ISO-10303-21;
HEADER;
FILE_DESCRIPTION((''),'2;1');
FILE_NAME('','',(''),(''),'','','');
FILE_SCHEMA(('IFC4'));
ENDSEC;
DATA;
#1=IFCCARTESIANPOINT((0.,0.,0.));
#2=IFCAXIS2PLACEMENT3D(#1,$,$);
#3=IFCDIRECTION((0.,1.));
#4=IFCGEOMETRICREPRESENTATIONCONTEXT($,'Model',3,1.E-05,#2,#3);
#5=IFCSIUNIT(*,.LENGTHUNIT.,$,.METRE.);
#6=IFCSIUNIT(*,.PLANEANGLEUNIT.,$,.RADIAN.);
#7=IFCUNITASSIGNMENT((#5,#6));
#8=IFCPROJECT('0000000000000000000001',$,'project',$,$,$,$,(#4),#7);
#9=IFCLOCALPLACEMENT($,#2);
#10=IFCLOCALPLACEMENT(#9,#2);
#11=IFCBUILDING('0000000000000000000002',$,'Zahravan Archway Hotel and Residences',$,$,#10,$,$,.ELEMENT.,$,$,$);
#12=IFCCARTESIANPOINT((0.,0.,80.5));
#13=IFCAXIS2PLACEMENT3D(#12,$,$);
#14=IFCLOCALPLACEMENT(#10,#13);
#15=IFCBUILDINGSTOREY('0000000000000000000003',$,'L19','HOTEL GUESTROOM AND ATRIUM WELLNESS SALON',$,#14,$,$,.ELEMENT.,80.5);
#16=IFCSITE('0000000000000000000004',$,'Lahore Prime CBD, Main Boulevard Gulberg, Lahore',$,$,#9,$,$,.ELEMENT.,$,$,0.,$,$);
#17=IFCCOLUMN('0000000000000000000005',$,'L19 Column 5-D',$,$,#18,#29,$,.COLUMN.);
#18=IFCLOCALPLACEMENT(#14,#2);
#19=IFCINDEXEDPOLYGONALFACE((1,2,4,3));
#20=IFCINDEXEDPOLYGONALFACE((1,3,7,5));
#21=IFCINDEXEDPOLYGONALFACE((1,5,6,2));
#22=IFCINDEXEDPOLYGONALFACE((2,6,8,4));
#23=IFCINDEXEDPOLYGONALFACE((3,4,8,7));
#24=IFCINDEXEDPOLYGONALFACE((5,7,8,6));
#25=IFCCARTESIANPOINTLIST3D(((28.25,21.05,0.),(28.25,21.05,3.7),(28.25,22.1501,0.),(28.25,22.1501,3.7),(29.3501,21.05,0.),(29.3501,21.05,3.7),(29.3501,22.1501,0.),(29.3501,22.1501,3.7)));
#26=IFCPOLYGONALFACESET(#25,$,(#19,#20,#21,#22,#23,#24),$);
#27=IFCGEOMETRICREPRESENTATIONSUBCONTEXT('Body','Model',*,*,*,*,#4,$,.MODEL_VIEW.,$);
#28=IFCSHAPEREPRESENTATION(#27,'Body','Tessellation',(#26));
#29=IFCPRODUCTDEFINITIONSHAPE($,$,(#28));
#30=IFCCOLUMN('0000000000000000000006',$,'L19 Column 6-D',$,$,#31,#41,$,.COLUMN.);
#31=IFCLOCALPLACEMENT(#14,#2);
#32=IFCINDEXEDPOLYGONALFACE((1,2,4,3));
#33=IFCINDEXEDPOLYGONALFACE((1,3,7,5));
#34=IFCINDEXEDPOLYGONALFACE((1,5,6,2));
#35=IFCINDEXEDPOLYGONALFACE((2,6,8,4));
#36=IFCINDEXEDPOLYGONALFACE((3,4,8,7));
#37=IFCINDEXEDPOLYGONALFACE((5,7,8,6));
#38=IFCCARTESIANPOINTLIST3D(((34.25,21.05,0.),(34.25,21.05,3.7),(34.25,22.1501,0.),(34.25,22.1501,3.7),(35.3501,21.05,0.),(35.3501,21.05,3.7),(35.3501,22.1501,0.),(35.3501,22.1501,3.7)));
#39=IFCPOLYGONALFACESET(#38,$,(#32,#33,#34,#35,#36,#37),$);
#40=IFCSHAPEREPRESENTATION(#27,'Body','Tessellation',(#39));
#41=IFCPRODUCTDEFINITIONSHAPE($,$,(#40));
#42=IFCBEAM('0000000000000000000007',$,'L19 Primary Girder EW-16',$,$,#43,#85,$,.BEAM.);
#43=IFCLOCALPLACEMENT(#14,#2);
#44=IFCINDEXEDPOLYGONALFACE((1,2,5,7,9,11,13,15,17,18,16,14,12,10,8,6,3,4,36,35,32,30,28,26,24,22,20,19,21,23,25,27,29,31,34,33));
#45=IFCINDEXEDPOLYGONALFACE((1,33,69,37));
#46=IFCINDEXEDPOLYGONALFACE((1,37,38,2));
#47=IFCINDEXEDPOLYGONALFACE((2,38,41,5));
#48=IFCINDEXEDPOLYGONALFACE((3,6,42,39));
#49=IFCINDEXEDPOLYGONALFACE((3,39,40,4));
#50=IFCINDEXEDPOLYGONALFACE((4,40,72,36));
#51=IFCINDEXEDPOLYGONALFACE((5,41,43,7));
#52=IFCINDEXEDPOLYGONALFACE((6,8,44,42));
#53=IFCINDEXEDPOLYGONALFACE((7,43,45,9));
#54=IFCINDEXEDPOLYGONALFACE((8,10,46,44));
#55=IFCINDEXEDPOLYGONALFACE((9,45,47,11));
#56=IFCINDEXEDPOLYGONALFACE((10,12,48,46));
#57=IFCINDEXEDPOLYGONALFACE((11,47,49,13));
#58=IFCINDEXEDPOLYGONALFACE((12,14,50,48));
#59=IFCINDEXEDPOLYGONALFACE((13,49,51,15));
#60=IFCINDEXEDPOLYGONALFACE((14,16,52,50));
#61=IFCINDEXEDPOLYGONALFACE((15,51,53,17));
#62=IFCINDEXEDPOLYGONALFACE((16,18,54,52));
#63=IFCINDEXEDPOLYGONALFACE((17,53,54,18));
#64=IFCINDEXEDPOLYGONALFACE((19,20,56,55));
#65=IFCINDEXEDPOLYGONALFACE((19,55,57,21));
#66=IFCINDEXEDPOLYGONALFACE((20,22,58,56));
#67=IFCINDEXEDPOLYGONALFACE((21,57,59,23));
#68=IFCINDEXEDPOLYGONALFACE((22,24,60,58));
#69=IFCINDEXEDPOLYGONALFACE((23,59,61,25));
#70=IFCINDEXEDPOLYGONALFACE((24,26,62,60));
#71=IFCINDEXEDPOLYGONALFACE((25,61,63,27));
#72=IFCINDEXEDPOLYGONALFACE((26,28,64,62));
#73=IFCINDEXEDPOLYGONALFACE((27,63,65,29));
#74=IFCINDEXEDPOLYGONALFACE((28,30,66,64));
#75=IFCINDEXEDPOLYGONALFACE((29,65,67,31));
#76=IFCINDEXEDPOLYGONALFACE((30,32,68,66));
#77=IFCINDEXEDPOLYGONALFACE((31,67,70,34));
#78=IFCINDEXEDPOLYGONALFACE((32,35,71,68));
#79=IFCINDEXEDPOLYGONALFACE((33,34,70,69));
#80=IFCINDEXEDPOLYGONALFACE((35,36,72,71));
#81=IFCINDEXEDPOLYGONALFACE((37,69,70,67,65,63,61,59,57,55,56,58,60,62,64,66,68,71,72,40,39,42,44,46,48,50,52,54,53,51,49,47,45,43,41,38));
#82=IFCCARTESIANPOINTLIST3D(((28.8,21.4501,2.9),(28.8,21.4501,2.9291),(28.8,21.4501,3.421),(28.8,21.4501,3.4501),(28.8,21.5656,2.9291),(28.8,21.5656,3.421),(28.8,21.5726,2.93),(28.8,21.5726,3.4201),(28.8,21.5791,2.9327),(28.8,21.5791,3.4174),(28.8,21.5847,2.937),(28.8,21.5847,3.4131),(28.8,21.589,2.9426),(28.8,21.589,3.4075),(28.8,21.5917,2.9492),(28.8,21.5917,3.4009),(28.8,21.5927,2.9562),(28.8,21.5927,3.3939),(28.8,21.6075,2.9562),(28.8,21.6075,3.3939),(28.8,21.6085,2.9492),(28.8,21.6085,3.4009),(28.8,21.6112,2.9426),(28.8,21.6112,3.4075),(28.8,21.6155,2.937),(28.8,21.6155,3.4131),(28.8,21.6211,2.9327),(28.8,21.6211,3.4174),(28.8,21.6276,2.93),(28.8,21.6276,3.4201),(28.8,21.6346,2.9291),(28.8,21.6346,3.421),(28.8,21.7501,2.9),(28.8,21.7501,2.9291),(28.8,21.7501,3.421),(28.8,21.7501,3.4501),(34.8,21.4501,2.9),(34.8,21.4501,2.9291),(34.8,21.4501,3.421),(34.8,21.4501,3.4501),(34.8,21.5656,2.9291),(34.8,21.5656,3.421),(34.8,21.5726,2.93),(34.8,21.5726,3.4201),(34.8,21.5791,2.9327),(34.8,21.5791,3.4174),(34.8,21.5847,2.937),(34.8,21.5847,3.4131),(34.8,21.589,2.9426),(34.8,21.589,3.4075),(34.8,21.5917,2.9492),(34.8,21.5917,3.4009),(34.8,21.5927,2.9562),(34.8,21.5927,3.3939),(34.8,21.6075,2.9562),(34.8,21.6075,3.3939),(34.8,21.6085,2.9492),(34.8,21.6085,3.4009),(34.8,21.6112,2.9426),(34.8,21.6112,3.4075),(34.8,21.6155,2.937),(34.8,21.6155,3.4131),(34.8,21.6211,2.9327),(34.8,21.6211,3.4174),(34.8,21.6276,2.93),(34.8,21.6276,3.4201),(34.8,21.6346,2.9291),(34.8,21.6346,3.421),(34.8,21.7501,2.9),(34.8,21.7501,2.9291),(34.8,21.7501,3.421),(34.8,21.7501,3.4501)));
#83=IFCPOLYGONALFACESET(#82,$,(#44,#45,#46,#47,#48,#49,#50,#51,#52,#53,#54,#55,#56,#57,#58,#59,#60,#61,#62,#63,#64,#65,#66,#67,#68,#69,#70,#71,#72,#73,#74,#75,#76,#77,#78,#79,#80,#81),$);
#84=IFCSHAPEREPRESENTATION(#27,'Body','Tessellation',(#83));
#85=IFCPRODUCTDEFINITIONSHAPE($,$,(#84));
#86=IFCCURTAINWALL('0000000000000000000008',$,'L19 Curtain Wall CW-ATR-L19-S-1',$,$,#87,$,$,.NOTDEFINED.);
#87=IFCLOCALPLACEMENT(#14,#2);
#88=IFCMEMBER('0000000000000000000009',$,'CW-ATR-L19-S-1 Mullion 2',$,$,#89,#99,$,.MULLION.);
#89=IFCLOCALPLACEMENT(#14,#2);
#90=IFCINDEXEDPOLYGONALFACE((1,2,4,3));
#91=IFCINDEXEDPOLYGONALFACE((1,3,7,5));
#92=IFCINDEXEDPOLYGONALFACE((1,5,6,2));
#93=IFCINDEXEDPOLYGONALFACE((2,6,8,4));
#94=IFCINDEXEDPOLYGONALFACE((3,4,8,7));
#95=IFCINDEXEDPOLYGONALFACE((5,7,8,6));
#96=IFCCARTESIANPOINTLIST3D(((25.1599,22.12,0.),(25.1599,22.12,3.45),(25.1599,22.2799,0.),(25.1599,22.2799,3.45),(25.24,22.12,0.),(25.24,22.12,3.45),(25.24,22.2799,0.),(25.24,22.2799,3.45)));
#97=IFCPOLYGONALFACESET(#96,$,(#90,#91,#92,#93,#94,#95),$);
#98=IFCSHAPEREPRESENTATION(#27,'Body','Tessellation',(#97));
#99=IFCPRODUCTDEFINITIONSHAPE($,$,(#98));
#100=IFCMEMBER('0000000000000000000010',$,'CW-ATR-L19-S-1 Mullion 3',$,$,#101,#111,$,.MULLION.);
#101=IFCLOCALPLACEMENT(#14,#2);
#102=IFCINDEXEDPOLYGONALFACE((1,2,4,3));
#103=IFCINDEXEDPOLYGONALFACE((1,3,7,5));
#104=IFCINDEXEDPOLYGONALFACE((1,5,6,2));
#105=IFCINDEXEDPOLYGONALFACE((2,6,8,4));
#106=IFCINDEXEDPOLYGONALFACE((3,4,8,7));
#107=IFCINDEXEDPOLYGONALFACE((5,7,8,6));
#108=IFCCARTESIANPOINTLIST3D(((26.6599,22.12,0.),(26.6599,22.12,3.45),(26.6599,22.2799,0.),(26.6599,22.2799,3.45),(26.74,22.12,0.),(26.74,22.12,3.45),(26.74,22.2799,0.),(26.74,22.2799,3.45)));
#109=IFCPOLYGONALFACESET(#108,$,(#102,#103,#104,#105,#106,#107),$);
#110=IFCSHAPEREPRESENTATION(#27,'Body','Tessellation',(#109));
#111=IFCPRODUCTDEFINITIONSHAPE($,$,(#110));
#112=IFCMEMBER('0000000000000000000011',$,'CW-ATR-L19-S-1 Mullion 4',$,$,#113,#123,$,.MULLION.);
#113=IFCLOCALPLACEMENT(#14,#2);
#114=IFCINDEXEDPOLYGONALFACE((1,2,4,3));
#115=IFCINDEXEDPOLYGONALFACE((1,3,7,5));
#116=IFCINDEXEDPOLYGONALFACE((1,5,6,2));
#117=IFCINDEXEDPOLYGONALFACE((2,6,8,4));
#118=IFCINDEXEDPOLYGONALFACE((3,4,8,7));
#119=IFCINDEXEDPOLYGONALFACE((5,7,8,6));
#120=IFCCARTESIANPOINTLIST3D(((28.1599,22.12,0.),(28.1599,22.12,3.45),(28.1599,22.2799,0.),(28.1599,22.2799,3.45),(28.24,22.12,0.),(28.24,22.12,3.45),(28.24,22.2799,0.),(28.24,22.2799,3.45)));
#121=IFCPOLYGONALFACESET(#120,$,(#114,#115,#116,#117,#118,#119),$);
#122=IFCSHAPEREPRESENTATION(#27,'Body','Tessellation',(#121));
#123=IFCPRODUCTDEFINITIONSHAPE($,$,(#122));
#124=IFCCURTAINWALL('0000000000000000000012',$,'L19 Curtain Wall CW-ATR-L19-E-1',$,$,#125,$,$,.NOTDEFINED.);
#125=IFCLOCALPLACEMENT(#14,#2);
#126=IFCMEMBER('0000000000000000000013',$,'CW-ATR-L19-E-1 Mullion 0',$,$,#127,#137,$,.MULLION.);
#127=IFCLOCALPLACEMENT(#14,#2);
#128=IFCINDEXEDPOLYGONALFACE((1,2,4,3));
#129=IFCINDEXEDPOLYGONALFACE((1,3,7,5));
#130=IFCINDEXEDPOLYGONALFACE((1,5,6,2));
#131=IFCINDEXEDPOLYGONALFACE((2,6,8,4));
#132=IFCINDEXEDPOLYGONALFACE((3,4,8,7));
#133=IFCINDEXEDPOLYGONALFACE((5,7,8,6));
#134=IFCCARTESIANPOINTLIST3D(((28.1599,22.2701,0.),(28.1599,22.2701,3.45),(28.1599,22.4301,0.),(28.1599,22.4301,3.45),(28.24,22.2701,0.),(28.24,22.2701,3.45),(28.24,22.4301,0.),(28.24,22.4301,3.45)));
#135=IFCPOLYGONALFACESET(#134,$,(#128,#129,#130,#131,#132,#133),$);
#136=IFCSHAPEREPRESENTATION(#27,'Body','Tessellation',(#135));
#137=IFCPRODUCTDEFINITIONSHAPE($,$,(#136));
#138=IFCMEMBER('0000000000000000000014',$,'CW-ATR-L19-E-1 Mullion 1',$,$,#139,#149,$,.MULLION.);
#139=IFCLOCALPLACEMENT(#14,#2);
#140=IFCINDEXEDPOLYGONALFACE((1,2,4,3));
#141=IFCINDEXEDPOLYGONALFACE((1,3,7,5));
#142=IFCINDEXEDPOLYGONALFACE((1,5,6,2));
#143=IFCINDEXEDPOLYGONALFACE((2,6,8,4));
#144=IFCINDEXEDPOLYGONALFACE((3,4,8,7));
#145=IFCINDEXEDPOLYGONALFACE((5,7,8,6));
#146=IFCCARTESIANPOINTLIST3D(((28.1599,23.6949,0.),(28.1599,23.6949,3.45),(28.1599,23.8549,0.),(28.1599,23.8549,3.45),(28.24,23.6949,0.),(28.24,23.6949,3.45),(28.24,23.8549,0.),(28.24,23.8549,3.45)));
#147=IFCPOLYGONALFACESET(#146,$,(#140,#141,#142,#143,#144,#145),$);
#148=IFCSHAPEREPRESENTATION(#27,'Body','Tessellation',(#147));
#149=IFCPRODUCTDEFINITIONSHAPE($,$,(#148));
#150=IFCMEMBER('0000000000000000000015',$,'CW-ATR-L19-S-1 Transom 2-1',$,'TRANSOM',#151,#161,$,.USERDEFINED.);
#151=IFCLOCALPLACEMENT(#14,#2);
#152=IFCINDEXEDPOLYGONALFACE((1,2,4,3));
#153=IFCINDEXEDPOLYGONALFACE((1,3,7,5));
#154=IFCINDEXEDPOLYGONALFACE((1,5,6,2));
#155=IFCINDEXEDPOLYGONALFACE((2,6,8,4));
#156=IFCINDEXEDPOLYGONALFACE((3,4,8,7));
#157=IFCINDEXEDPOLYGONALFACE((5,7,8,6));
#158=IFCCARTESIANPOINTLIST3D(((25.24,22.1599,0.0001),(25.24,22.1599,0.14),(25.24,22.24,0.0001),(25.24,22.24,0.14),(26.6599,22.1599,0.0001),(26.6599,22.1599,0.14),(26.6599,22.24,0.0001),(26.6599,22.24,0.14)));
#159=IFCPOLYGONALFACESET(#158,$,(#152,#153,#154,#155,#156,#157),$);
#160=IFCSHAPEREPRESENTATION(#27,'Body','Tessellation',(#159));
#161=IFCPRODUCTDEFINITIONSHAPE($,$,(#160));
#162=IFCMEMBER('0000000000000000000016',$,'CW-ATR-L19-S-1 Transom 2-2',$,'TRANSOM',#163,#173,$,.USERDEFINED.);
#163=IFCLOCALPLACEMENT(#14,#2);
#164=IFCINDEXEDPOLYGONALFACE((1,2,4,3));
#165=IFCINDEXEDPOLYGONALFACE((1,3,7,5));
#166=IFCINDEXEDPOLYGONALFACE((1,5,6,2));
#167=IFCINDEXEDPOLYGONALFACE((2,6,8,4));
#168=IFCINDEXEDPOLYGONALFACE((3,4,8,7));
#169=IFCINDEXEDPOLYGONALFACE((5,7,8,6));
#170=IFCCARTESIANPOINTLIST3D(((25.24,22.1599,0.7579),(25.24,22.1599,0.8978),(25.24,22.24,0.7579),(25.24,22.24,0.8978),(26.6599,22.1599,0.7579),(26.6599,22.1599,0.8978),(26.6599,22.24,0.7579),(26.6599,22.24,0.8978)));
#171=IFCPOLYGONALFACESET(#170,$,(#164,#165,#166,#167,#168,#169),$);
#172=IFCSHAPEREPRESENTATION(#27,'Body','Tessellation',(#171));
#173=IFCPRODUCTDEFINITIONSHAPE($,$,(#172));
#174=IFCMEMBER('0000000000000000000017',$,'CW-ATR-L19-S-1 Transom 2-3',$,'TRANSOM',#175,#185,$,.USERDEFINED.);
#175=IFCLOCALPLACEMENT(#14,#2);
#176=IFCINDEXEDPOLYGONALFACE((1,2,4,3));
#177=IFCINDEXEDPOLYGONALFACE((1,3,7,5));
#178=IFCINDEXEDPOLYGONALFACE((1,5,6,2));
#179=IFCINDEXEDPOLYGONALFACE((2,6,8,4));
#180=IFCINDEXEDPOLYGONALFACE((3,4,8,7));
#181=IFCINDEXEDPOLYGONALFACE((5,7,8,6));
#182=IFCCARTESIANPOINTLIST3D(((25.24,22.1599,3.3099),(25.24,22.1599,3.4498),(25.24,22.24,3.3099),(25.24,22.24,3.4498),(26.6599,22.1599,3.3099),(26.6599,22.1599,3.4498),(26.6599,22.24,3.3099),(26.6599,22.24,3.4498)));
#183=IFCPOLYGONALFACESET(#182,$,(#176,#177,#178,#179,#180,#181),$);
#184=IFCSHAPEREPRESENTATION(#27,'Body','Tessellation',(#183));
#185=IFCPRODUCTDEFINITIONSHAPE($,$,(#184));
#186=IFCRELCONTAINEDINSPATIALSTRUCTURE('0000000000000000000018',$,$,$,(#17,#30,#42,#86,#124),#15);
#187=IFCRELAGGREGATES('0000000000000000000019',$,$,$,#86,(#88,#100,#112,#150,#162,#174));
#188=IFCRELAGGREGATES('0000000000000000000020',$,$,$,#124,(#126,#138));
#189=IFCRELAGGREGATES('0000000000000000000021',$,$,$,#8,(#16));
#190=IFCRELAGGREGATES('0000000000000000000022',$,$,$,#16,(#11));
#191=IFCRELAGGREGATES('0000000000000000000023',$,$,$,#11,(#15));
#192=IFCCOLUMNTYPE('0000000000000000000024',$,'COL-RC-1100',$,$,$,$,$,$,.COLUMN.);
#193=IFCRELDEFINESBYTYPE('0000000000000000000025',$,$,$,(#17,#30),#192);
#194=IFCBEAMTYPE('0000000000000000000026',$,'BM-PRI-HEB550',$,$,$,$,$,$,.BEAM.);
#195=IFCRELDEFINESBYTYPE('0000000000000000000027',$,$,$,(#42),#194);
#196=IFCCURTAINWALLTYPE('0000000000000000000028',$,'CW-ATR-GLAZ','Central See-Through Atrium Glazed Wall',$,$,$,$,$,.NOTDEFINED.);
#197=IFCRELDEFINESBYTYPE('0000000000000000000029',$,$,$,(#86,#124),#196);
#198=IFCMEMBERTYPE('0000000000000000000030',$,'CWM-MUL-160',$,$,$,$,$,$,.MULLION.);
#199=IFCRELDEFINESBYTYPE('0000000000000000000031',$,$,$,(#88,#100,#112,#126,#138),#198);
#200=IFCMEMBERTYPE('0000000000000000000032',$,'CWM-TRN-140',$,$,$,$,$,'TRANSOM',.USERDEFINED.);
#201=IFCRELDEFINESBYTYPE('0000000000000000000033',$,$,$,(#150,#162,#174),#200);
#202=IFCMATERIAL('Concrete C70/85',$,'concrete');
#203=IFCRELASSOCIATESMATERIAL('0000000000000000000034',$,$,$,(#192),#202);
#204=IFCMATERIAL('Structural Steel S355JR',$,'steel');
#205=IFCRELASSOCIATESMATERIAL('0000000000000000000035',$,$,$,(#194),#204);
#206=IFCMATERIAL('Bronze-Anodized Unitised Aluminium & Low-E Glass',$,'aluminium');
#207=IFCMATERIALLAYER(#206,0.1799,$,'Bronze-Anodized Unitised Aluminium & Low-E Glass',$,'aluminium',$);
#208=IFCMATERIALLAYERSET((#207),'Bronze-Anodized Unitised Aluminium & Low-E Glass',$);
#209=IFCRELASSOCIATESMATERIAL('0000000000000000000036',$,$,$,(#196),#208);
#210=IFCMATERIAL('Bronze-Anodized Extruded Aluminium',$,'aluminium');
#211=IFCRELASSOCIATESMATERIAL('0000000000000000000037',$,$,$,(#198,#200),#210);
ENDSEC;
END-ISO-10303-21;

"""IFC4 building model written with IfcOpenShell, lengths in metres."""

from ifc_helpers import new_model, si_unit, direction, frame, origin, origin_2d, place, context, subcontext, project, spatial, rectangle, i_section, extrude, source, transform, mapped, material, layer, layer_set, material_profile, profile_set, type_object, element, aggregate, save


model = new_model("IFC4")

# Units and contexts
model_context = context("Model", 3, precision=1e-05, world=origin(), true_north=direction((0.0, 1.0)))
body_context = subcontext(model_context, "Body", "Model", "MODEL_VIEW")
ifc_project = project(units=[si_unit("LENGTHUNIT", "METRE"), si_unit("PLANEANGLEUNIT", "RADIAN")], contexts=[model_context])

# Site, building, storey
site_placement = place(None, origin())
site = spatial("IfcSite", under=ifc_project, at=site_placement, Name="Lahore Prime CBD, Main Boulevard Gulberg, Lahore", CompositionType="ELEMENT", RefElevation=0.0)
building_placement = place(site_placement, origin())
building = spatial("IfcBuilding", under=site, at=building_placement, Name="Zahravan Archway Hotel and Residences", CompositionType="ELEMENT")
storey_placement = place(building_placement, frame((0.0, 0.0, 80.5)))
storey = spatial("IfcBuildingStorey", under=building, at=storey_placement, Name="L19", Description="HOTEL GUESTROOM AND ATRIUM WELLNESS SALON", CompositionType="ELEMENT", Elevation=80.5)

# Columns
ifc_material_1 = material(Name="Concrete C70/85", Category="concrete")
ifc_material_profile_1 = material_profile(ifc_material_1, rectangle(XDim=1.1001, YDim=1.1001, at=origin_2d()), Name="RC 1100x1100", Category="concrete")
ifc_profile_set_1 = profile_set([ifc_material_profile_1], Name="Concrete C70/85")
column_type = type_object("IfcColumnType", Name="COL-RC-1100", PredefinedType="COLUMN", material=ifc_profile_set_1)
shared_shape_1 = source(origin(), body_context, "Body", "SweptSolid", [
    extrude(rectangle(XDim=1.1001, YDim=1.1001, at=origin_2d()), origin(), (0.0, 0.0, 1.0), 3.7),
])
for number, where, z_axis, x_axis, name in (
    (1, (28.8, 21.6001, 0.0), (0.0, 0.0, 1.0), (1.0, 0.0, 0.0), "L19 Column 5-D"),
    (2, (34.8, 21.6001, 0.0), (0.0, 0.0, 1.0), (1.0, 0.0, 0.0), "L19 Column 6-D"),
):
    element("IfcColumn", number, at=place(storey_placement, frame(where, z_axis=z_axis, x_axis=x_axis)), inside=storey, type_object=column_type, Name=name, PredefinedType="COLUMN", context=body_context, shape_type="MappedRepresentation", body=[
        mapped(shared_shape_1, transform((0.0, 0.0, 0.0), scale=1.0)),
    ])

# Beam
ifc_material_2 = material(Name="Structural Steel S355JR", Category="steel")
ifc_material_profile_2 = material_profile(ifc_material_2, i_section(OverallWidth=0.3, OverallDepth=0.55, WebThickness=0.0149, FlangeThickness=0.0291, FilletRadius=0.0271, at=origin_2d()), Name="HEB 550", Category="steel")
ifc_profile_set_2 = profile_set([ifc_material_profile_2], Name="Structural Steel S355JR")
beam_type = type_object("IfcBeamType", Name="BM-PRI-HEB550", PredefinedType="BEAM", material=ifc_profile_set_2)
shared_shape_2 = source(origin(), body_context, "Body", "SweptSolid", [
    extrude(i_section(OverallWidth=0.3, OverallDepth=0.55, WebThickness=0.0149, FlangeThickness=0.0291, FilletRadius=0.0271, at=origin_2d()), origin(), (0.0, 0.0, 1.0), 6.0),
])
beam_placement = place(storey_placement, frame((28.8, 21.6001, 3.175), z_axis=(1.0, 0.0, 0.0), x_axis=(0.0, 1.0, 0.0)))
element("IfcBeam", 3, at=beam_placement, inside=storey, type_object=beam_type, Name="L19 Primary Girder EW-16", PredefinedType="BEAM", context=body_context, shape_type="MappedRepresentation", body=[
    mapped(shared_shape_2, transform((0.0, 0.0, 0.0), scale=1.0)),
])

# Curtain walls, members
ifc_material_3 = material(Name="Bronze-Anodized Unitised Aluminium & Low-E Glass", Category="aluminium")
ifc_layer_1 = layer(ifc_material_3, 0.1799, Name="Bronze-Anodized Unitised Aluminium & Low-E Glass", Category="aluminium")
ifc_layer_set_1 = layer_set([ifc_layer_1], Name="Bronze-Anodized Unitised Aluminium & Low-E Glass")
curtain_wall_type = type_object("IfcCurtainWallType", Name="CW-ATR-GLAZ", Description="Central See-Through Atrium Glazed Wall", PredefinedType="NOTDEFINED", material=ifc_layer_set_1)
curtain_wall_1_placement = place(storey_placement, origin())
curtain_wall_1 = element("IfcCurtainWall", 4, at=curtain_wall_1_placement, inside=storey, type_object=curtain_wall_type, Name="L19 Curtain Wall CW-ATR-L19-S-1", PredefinedType="NOTDEFINED")
ifc_material_4 = material(Name="Bronze-Anodized Extruded Aluminium", Category="aluminium")
ifc_material_profile_3 = material_profile(ifc_material_4, rectangle(XDim=0.0801, YDim=0.1599, at=origin_2d()), Name="MUL 80x160", Category="aluminium")
ifc_profile_set_3 = profile_set([ifc_material_profile_3], Name="Bronze-Anodized Extruded Aluminium")
member_type_1 = type_object("IfcMemberType", Name="CWM-MUL-160", PredefinedType="MULLION", material=ifc_profile_set_3)
shared_shape_3 = source(origin(), body_context, "Body", "SweptSolid", [
    extrude(rectangle(XDim=0.0801, YDim=0.1599, at=origin_2d()), origin(), (0.0, 0.0, 1.0), 3.45),
])
member_1_placement = place(storey_placement, frame((25.2, 22.2, 0.0), z_axis=(0.0, 0.0, 1.0), x_axis=(1.0, 0.0, 0.0)))
member_1 = element("IfcMember", 5, at=member_1_placement, type_object=member_type_1, Name="CW-ATR-L19-S-1 Mullion 2", PredefinedType="MULLION", context=body_context, shape_type="MappedRepresentation", body=[
    mapped(shared_shape_3, transform((0.0, 0.0, 0.0), scale=1.0)),
])
member_2_placement = place(storey_placement, frame((26.7, 22.2, 0.0), z_axis=(0.0, 0.0, 1.0), x_axis=(1.0, 0.0, 0.0)))
member_2 = element("IfcMember", 6, at=member_2_placement, type_object=member_type_1, Name="CW-ATR-L19-S-1 Mullion 3", PredefinedType="MULLION", context=body_context, shape_type="MappedRepresentation", body=[
    mapped(shared_shape_3, transform((0.0, 0.0, 0.0), scale=1.0)),
])
member_3_placement = place(storey_placement, frame((28.2, 22.2, 0.0), z_axis=(0.0, 0.0, 1.0), x_axis=(1.0, 0.0, 0.0)))
member_3 = element("IfcMember", 7, at=member_3_placement, type_object=member_type_1, Name="CW-ATR-L19-S-1 Mullion 4", PredefinedType="MULLION", context=body_context, shape_type="MappedRepresentation", body=[
    mapped(shared_shape_3, transform((0.0, 0.0, 0.0), scale=1.0)),
])
curtain_wall_2_placement = place(storey_placement, origin())
curtain_wall_2 = element("IfcCurtainWall", 8, at=curtain_wall_2_placement, inside=storey, type_object=curtain_wall_type, Name="L19 Curtain Wall CW-ATR-L19-E-1", PredefinedType="NOTDEFINED")
member_4_placement = place(storey_placement, frame((28.2, 22.3501, 0.0), z_axis=(0.0, 0.0, 1.0), x_axis=(1.0, 0.0, 0.0)))
member_4 = element("IfcMember", 9, at=member_4_placement, type_object=member_type_1, Name="CW-ATR-L19-E-1 Mullion 0", PredefinedType="MULLION", context=body_context, shape_type="MappedRepresentation", body=[
    mapped(shared_shape_3, transform((0.0, 0.0, 0.0), scale=1.0)),
])
member_5_placement = place(storey_placement, frame((28.2, 23.7749, 0.0), z_axis=(0.0, 0.0, 1.0), x_axis=(1.0, 0.0, 0.0)))
member_5 = element("IfcMember", 10, at=member_5_placement, type_object=member_type_1, Name="CW-ATR-L19-E-1 Mullion 1", PredefinedType="MULLION", context=body_context, shape_type="MappedRepresentation", body=[
    mapped(shared_shape_3, transform((0.0, 0.0, 0.0), scale=1.0)),
])

# Members
ifc_material_profile_4 = material_profile(ifc_material_4, rectangle(XDim=0.0801, YDim=0.1399, at=origin_2d()), Name="TRN 80x140", Category="aluminium")
ifc_profile_set_4 = profile_set([ifc_material_profile_4], Name="Bronze-Anodized Extruded Aluminium")
member_type_2 = type_object("IfcMemberType", Name="CWM-TRN-140", ElementType="TRANSOM", PredefinedType="USERDEFINED", material=ifc_profile_set_4)
shared_shape_4 = source(origin(), body_context, "Body", "SweptSolid", [
    extrude(rectangle(XDim=0.0801, YDim=0.1399, at=origin_2d()), origin(), (0.0, 0.0, 1.0), 1.4199),
])
member_6_placement = place(storey_placement, frame((25.24, 22.2, 0.0701), z_axis=(1.0, 0.0, 0.0), x_axis=(0.0, 1.0, 0.0)))
member_6 = element("IfcMember", 11, at=member_6_placement, type_object=member_type_2, Name="CW-ATR-L19-S-1 Transom 2-1", ObjectType="TRANSOM", PredefinedType="USERDEFINED", context=body_context, shape_type="MappedRepresentation", body=[
    mapped(shared_shape_4, transform((0.0, 0.0, 0.0), scale=1.0)),
])
member_7_placement = place(storey_placement, frame((25.24, 22.2, 0.8279), z_axis=(1.0, 0.0, 0.0), x_axis=(0.0, 1.0, 0.0)))
member_7 = element("IfcMember", 12, at=member_7_placement, type_object=member_type_2, Name="CW-ATR-L19-S-1 Transom 2-2", ObjectType="TRANSOM", PredefinedType="USERDEFINED", context=body_context, shape_type="MappedRepresentation", body=[
    mapped(shared_shape_4, transform((0.0, 0.0, 0.0), scale=1.0)),
])
member_8_placement = place(storey_placement, frame((25.24, 22.2, 3.3799), z_axis=(1.0, 0.0, 0.0), x_axis=(0.0, 1.0, 0.0)))
member_8 = element("IfcMember", 13, at=member_8_placement, type_object=member_type_2, Name="CW-ATR-L19-S-1 Transom 2-3", ObjectType="TRANSOM", PredefinedType="USERDEFINED", context=body_context, shape_type="MappedRepresentation", body=[
    mapped(shared_shape_4, transform((0.0, 0.0, 0.0), scale=1.0)),
])

aggregate(curtain_wall_1, [member_1, member_2, member_3, member_6, member_7, member_8])
aggregate(curtain_wall_2, [member_4, member_5])

save(model, "model.ifc")
